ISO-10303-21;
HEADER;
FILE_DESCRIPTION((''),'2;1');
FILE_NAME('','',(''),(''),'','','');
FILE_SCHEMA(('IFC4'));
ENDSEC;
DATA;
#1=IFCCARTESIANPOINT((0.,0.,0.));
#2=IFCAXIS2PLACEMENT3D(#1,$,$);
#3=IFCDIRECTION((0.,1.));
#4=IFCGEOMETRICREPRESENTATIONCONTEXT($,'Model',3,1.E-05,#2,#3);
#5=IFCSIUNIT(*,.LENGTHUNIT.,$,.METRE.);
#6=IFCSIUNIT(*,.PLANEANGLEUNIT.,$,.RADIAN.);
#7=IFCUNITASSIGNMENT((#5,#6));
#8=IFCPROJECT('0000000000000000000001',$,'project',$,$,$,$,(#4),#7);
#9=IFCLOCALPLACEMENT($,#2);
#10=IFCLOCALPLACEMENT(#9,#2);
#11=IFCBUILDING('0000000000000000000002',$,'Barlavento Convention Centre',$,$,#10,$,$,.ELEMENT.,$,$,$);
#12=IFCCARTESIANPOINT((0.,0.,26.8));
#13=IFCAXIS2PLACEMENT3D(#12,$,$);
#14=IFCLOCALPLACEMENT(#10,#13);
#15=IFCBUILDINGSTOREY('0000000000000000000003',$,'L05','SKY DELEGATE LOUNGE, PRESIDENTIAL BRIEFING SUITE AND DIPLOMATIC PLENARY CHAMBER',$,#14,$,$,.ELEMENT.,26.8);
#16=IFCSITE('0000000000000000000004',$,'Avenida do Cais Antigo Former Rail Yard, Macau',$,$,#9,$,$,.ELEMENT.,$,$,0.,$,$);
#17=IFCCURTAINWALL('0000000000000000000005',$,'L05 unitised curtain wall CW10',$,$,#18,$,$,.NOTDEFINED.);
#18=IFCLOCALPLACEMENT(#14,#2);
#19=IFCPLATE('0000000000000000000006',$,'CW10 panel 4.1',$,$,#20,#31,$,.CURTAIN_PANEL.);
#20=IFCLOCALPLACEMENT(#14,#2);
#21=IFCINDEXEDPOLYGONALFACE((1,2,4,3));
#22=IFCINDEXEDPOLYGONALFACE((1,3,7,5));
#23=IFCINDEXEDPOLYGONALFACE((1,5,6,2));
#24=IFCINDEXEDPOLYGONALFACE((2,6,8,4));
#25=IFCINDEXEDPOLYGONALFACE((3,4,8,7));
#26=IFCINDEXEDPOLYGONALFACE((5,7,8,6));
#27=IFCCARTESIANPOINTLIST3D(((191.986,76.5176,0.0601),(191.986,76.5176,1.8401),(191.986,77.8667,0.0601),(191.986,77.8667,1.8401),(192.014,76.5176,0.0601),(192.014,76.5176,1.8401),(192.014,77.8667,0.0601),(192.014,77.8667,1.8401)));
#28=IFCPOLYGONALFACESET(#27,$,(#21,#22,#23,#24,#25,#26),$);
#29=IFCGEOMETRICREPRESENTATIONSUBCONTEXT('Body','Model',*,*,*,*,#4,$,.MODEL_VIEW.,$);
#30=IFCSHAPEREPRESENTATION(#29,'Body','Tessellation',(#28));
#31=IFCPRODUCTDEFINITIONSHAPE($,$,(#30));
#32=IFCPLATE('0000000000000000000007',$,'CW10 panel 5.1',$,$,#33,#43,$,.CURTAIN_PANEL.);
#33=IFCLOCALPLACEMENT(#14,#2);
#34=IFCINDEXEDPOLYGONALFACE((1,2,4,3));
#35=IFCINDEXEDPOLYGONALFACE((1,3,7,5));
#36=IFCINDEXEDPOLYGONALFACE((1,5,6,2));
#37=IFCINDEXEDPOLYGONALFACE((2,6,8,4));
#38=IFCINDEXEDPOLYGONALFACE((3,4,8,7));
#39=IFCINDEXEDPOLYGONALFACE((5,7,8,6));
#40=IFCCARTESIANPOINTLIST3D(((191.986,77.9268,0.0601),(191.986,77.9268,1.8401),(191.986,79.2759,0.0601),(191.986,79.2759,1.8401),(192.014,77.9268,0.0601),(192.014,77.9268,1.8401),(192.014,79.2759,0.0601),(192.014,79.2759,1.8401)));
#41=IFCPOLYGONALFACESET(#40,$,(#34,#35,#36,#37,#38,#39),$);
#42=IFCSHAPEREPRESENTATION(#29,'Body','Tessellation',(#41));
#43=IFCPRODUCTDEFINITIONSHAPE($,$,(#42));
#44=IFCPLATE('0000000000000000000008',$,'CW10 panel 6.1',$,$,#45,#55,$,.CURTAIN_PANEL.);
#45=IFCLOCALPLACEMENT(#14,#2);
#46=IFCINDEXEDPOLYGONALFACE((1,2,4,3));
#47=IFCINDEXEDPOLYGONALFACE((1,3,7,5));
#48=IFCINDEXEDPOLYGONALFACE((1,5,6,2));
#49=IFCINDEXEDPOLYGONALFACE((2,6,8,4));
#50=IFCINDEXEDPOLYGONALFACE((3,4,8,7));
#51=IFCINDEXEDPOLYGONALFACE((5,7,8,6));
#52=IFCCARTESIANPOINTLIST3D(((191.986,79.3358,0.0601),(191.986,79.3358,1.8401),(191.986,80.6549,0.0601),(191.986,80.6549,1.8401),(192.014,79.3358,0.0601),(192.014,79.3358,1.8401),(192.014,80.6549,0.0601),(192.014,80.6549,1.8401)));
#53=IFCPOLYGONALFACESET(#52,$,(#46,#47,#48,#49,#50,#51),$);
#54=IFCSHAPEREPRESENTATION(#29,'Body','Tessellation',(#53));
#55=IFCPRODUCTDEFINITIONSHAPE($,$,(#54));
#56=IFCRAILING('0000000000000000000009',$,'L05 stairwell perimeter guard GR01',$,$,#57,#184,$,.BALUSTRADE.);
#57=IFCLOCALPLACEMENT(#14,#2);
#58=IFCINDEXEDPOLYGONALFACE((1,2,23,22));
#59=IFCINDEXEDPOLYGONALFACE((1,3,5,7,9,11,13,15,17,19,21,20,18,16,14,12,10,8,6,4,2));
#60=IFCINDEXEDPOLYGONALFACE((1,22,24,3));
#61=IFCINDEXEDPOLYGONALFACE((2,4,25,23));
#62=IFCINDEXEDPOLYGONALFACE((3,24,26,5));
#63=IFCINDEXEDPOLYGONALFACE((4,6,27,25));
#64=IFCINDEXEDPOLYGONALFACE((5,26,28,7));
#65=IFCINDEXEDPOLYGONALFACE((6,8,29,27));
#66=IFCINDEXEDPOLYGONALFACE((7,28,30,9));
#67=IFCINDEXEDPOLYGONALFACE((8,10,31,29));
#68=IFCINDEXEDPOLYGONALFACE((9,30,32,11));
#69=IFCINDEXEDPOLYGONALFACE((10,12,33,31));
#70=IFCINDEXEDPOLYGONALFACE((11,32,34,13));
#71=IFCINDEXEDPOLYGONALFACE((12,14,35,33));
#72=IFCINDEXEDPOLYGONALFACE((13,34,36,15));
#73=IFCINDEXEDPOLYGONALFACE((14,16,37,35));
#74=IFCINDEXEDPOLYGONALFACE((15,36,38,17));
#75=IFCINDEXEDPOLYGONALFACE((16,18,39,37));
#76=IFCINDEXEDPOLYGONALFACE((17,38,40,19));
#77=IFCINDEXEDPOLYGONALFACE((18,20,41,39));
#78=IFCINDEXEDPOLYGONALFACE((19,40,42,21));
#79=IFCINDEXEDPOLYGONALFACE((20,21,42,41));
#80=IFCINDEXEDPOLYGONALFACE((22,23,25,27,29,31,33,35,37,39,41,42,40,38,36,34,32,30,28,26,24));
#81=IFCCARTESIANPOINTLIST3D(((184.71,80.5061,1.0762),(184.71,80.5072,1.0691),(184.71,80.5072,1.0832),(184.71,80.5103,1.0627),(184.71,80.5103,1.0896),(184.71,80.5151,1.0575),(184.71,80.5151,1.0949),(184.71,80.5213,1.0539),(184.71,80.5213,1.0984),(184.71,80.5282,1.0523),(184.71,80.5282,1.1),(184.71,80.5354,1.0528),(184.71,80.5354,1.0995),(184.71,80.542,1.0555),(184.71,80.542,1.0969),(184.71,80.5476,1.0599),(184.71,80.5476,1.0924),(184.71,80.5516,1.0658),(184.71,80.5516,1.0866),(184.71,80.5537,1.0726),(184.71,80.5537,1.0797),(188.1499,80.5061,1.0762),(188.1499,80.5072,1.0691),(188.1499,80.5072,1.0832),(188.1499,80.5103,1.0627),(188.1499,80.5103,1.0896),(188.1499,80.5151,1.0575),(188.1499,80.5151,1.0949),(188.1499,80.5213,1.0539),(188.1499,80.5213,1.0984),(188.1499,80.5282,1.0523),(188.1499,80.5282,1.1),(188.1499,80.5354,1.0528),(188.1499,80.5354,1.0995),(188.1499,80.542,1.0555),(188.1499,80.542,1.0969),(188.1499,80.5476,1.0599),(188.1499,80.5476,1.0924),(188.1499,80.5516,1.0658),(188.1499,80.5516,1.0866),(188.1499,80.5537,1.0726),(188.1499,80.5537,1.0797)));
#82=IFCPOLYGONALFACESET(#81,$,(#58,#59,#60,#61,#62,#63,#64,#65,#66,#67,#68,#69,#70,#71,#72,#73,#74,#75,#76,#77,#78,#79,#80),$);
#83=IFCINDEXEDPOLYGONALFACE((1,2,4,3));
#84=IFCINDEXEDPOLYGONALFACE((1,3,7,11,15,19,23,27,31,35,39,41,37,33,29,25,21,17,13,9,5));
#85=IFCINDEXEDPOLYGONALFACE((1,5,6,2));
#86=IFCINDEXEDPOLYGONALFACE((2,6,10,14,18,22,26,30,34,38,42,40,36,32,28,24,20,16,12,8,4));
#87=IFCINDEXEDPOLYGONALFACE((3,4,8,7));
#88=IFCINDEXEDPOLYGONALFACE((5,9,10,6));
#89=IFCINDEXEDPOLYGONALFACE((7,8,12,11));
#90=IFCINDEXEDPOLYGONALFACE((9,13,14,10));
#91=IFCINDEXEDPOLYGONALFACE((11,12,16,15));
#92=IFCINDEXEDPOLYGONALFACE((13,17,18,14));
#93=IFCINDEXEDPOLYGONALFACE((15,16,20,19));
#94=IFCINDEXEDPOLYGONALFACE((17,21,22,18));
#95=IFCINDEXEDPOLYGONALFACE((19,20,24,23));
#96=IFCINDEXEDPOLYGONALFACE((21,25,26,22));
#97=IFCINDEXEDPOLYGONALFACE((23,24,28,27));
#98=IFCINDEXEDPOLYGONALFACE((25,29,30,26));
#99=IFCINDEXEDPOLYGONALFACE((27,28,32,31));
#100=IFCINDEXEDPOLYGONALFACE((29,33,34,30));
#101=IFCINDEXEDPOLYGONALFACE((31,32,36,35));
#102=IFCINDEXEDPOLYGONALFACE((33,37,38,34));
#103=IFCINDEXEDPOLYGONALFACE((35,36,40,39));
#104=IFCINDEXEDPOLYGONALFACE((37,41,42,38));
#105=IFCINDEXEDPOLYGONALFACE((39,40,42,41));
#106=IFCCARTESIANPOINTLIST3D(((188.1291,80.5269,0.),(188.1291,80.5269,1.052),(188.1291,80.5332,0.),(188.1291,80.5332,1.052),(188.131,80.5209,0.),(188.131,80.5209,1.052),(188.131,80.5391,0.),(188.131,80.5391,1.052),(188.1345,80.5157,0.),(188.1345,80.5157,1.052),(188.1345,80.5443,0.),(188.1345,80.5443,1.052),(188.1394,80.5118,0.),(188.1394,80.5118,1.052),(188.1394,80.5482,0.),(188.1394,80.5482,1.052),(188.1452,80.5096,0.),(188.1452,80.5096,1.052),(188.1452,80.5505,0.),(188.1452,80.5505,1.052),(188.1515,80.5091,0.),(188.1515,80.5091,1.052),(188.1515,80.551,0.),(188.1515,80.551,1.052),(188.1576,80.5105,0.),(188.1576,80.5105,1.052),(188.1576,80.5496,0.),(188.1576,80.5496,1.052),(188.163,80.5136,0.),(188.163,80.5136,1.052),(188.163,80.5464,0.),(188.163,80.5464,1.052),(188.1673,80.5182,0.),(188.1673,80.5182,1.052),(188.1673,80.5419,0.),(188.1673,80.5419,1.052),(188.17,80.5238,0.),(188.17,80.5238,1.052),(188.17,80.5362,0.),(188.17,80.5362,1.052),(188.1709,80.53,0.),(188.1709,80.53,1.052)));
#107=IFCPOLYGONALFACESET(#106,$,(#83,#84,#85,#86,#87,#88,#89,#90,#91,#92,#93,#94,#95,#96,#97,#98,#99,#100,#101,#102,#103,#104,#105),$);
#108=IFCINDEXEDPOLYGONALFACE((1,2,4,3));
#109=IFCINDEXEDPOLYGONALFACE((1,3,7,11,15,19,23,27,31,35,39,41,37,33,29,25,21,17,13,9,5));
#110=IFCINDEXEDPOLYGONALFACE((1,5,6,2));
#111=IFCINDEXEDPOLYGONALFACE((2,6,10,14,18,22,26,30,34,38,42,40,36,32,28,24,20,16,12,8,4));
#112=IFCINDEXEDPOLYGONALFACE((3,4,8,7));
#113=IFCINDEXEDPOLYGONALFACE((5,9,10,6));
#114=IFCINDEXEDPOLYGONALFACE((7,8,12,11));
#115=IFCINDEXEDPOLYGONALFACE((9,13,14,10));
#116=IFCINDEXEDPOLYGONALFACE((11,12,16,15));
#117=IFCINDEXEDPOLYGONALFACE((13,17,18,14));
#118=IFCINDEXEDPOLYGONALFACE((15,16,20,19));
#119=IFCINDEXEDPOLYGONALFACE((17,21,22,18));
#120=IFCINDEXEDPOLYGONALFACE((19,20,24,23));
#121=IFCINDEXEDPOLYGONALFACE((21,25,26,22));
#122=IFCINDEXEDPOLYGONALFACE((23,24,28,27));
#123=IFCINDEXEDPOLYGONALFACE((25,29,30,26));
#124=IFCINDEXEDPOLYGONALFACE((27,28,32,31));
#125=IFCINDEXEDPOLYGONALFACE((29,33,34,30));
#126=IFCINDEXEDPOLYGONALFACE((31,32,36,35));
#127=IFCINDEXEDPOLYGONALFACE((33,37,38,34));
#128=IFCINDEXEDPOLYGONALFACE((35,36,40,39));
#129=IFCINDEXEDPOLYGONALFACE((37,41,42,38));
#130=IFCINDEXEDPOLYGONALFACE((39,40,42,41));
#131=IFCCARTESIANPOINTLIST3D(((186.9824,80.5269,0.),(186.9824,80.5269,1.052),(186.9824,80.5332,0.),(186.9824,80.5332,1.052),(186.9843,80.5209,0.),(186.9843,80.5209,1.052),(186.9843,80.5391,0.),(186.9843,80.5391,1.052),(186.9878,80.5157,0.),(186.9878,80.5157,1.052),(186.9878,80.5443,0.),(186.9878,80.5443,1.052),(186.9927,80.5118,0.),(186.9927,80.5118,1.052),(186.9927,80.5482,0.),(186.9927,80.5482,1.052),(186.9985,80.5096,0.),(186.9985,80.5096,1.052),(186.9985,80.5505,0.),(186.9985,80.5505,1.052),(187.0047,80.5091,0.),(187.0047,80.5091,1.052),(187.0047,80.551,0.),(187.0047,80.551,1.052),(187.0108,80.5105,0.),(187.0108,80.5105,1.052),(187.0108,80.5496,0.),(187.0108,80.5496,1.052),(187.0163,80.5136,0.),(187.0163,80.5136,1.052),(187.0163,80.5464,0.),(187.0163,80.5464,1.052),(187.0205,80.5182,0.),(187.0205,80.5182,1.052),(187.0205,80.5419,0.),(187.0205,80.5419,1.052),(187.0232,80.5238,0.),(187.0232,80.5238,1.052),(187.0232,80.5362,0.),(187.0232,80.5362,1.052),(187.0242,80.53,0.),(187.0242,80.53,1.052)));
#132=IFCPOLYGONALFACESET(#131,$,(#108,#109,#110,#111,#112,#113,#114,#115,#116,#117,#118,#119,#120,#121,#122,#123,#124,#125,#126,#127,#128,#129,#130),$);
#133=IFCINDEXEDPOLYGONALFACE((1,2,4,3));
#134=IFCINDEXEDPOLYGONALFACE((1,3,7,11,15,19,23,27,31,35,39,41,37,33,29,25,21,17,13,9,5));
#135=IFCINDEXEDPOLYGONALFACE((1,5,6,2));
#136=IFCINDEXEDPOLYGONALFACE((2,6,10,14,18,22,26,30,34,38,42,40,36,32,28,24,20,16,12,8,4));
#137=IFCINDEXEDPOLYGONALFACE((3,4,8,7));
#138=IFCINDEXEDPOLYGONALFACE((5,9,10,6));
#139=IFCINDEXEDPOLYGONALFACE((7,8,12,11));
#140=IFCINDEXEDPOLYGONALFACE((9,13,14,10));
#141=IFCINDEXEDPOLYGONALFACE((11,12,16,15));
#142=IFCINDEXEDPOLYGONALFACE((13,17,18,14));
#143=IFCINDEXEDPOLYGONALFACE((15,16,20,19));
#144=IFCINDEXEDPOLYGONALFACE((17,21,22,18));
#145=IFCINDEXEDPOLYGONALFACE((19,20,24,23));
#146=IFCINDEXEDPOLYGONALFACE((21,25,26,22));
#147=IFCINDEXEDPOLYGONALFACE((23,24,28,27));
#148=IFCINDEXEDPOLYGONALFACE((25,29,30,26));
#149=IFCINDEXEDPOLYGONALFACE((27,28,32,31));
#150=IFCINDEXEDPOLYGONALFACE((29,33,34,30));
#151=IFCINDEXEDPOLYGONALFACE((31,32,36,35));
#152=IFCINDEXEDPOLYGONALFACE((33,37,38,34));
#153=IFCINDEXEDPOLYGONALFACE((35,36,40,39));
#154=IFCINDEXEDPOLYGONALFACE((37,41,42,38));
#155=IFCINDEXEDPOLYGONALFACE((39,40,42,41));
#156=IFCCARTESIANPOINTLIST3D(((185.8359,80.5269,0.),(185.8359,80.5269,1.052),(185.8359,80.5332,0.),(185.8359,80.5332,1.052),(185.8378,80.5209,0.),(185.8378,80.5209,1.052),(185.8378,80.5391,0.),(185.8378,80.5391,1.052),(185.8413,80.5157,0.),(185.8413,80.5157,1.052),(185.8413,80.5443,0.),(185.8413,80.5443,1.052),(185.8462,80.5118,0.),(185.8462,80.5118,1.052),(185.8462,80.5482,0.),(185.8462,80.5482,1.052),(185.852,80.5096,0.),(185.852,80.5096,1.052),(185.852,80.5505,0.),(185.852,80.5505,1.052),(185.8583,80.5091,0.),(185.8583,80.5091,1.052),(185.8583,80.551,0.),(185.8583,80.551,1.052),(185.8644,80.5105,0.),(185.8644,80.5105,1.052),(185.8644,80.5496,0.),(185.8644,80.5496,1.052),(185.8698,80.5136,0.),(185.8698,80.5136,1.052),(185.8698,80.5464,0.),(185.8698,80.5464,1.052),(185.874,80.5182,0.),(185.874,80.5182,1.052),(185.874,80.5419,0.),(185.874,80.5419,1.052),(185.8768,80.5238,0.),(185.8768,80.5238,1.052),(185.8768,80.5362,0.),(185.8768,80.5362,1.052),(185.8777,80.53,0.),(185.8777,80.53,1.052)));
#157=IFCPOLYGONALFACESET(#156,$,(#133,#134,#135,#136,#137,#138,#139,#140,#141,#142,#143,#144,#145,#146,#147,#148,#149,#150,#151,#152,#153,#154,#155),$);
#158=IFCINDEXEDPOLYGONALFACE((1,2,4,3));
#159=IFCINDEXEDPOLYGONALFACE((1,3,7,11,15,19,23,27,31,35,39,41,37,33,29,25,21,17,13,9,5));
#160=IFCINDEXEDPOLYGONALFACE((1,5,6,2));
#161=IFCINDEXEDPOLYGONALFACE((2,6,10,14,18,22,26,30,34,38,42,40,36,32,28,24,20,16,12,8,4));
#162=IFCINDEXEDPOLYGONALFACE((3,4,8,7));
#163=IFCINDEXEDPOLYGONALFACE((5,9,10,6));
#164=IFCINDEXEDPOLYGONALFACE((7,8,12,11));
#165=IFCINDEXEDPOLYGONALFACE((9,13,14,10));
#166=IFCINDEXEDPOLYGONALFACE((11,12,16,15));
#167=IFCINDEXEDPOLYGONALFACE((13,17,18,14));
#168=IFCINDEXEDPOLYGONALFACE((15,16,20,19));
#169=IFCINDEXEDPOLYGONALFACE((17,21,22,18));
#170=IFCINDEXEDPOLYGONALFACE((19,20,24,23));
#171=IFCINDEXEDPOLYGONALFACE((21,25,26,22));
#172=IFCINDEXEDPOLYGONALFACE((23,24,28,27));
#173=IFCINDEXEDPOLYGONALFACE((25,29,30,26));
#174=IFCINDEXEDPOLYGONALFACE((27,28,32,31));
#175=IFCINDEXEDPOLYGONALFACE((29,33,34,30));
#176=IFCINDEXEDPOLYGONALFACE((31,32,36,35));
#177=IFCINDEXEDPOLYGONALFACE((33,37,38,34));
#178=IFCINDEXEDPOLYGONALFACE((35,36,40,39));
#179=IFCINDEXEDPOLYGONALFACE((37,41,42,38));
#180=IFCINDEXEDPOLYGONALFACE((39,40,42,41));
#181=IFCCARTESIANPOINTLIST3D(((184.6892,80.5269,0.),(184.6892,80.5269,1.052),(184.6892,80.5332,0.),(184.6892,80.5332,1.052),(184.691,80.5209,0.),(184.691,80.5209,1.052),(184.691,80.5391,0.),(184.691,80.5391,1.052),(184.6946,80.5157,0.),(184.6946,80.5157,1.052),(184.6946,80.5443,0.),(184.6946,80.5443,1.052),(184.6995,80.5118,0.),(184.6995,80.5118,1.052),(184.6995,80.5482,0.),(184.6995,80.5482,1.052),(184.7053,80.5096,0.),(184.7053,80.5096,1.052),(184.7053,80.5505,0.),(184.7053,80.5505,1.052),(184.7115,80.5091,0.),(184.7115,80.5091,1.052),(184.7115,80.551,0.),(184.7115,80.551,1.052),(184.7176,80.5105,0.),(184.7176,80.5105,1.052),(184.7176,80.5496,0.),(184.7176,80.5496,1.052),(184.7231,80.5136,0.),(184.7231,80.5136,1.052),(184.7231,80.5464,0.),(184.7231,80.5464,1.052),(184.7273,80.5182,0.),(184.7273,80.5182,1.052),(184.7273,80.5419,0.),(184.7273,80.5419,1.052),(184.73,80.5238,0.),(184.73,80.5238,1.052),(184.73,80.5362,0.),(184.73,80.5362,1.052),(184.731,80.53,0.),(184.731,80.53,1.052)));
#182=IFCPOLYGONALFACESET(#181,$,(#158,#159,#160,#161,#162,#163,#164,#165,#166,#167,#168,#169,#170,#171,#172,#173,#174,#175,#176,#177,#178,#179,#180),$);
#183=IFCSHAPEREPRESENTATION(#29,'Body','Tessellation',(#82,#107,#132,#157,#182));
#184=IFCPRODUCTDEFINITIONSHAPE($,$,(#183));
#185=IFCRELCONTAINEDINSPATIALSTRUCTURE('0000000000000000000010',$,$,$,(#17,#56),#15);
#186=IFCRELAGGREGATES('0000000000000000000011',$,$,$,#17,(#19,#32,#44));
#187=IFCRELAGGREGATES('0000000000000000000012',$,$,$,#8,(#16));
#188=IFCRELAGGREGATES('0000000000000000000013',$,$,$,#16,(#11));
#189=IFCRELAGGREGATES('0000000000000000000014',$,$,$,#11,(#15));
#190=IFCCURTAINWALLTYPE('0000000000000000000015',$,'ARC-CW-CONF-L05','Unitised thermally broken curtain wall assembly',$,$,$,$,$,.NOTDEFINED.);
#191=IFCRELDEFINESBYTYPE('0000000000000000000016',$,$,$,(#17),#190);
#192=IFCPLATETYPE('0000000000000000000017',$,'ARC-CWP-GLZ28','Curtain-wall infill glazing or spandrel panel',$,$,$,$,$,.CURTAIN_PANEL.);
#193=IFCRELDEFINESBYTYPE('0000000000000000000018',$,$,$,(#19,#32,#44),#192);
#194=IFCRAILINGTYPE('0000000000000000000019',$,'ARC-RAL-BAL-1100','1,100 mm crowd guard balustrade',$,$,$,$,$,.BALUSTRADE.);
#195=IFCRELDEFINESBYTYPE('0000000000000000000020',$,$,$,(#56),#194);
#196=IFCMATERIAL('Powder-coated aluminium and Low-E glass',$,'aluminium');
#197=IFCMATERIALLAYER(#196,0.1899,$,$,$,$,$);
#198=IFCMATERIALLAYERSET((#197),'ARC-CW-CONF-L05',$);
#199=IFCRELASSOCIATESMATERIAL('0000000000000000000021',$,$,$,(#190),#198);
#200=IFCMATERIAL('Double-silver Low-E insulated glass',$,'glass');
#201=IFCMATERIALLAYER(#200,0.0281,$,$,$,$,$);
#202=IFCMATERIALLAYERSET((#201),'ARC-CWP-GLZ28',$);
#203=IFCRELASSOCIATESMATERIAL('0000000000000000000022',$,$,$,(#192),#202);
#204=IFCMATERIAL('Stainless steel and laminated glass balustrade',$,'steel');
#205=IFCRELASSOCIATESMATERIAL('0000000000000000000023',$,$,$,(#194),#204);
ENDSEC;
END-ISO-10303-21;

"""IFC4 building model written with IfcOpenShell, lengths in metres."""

from ifc_helpers import new_model, si_unit, direction, frame, origin, origin_2d, place, context, subcontext, project, spatial, rectangle, circle, extrude, material, layer, layer_set, type_object, element, aggregate, save


model = new_model("IFC4")

# Units and contexts
model_context = context("Model", 3, precision=1e-05, world=origin(), true_north=direction((0.0, 1.0)))
body_context = subcontext(model_context, "Body", "Model", "MODEL_VIEW")
ifc_project = project(units=[si_unit("LENGTHUNIT", "METRE"), si_unit("PLANEANGLEUNIT", "RADIAN")], contexts=[model_context])

# Site, building, storey
site_placement = place(None, origin())
site = spatial("IfcSite", under=ifc_project, at=site_placement, Name="Avenida do Cais Antigo Former Rail Yard, Macau", CompositionType="ELEMENT", RefElevation=0.0)
building_placement = place(site_placement, origin())
building = spatial("IfcBuilding", under=site, at=building_placement, Name="Barlavento Convention Centre", CompositionType="ELEMENT")
storey_placement = place(building_placement, frame((0.0, 0.0, 26.8)))
storey = spatial("IfcBuildingStorey", under=building, at=storey_placement, Name="L05", Description="SKY DELEGATE LOUNGE, PRESIDENTIAL BRIEFING SUITE AND DIPLOMATIC PLENARY CHAMBER", CompositionType="ELEMENT", Elevation=26.8)

# Curtain wall, plates
ifc_material_1 = material(Name="Powder-coated aluminium and Low-E glass", Category="aluminium")
ifc_layer_1 = layer(ifc_material_1, 0.1899)
ifc_layer_set_1 = layer_set([ifc_layer_1], Name="ARC-CW-CONF-L05")
curtain_wall_type = type_object("IfcCurtainWallType", Name="ARC-CW-CONF-L05", Description="Unitised thermally broken curtain wall assembly", PredefinedType="NOTDEFINED", material=ifc_layer_set_1)
curtain_wall_placement = place(storey_placement, origin())
curtain_wall = element("IfcCurtainWall", 1, at=curtain_wall_placement, inside=storey, type_object=curtain_wall_type, Name="L05 unitised curtain wall CW10", PredefinedType="NOTDEFINED")
ifc_material_2 = material(Name="Double-silver Low-E insulated glass", Category="glass")
ifc_layer_2 = layer(ifc_material_2, 0.0281)
ifc_layer_set_2 = layer_set([ifc_layer_2], Name="ARC-CWP-GLZ28")
plate_type = type_object("IfcPlateType", Name="ARC-CWP-GLZ28", Description="Curtain-wall infill glazing or spandrel panel", PredefinedType="CURTAIN_PANEL", material=ifc_layer_set_2)
plate_1_placement = place(storey_placement, frame((192.0, 77.1921, 0.0601), z_axis=(0.0, 0.0, 1.0), x_axis=(0.0, 1.0, 0.0)))
plate_1 = element("IfcPlate", 2, at=plate_1_placement, type_object=plate_type, Name="CW10 panel 4.1", PredefinedType="CURTAIN_PANEL", context=body_context, shape_type="SweptSolid", body=[
    extrude(rectangle(XDim=1.3491, YDim=0.0281, at=origin_2d()), origin(), (0.0, 0.0, 1.0), 1.78),
])
plate_2_placement = place(storey_placement, frame((192.0, 78.6013, 0.0601), z_axis=(0.0, 0.0, 1.0), x_axis=(0.0, 1.0, 0.0)))
plate_2 = element("IfcPlate", 3, at=plate_2_placement, type_object=plate_type, Name="CW10 panel 5.1", PredefinedType="CURTAIN_PANEL", context=body_context, shape_type="SweptSolid", body=[
    extrude(rectangle(XDim=1.3491, YDim=0.0281, at=origin_2d()), origin(), (0.0, 0.0, 1.0), 1.78),
])
plate_3_placement = place(storey_placement, frame((192.0, 79.9954, 0.0601), z_axis=(0.0, 0.0, 1.0), x_axis=(0.0, 1.0, 0.0)))
plate_3 = element("IfcPlate", 4, at=plate_3_placement, type_object=plate_type, Name="CW10 panel 6.1", PredefinedType="CURTAIN_PANEL", context=body_context, shape_type="SweptSolid", body=[
    extrude(rectangle(XDim=1.3191, YDim=0.0281, at=origin_2d()), origin(), (0.0, 0.0, 1.0), 1.78),
])
aggregate(curtain_wall, [plate_1, plate_2, plate_3])

# Railing
ifc_material_3 = material(Name="Stainless steel and laminated glass balustrade", Category="steel")
railing_type = type_object("IfcRailingType", Name="ARC-RAL-BAL-1100", Description="1,100 mm crowd guard balustrade", PredefinedType="BALUSTRADE", material=ifc_material_3)
railing_1_placement = place(storey_placement, frame((188.1499, 80.53, 0.0)))
element("IfcRailing", 5, at=railing_1_placement, inside=storey, type_object=railing_type, Name="L05 stairwell perimeter guard GR01", PredefinedType="BALUSTRADE", context=body_context, shape_type="SweptSolid", body=[
    extrude(circle(Radius=0.0239, at=origin_2d()), frame((0.0, 0.0, 1.0762), z_axis=(-1.0, 0.0, 0.0), x_axis=(0.0, -1.0, 0.0)), (0.0, 0.0, 1.0), 3.4399),
    extrude(circle(Radius=0.021, at=origin_2d()), origin(), (0.0, 0.0, 1.0), 1.052),
    extrude(circle(Radius=0.021, at=origin_2d()), frame((-1.1467, 0.0, 0.0)), (0.0, 0.0, 1.0), 1.052),
    extrude(circle(Radius=0.021, at=origin_2d()), frame((-2.2932, 0.0, 0.0)), (0.0, 0.0, 1.0), 1.052),
    extrude(circle(Radius=0.021, at=origin_2d()), frame((-3.4399, 0.0, 0.0)), (0.0, 0.0, 1.0), 1.052),
])

save(model, "model.ifc")
